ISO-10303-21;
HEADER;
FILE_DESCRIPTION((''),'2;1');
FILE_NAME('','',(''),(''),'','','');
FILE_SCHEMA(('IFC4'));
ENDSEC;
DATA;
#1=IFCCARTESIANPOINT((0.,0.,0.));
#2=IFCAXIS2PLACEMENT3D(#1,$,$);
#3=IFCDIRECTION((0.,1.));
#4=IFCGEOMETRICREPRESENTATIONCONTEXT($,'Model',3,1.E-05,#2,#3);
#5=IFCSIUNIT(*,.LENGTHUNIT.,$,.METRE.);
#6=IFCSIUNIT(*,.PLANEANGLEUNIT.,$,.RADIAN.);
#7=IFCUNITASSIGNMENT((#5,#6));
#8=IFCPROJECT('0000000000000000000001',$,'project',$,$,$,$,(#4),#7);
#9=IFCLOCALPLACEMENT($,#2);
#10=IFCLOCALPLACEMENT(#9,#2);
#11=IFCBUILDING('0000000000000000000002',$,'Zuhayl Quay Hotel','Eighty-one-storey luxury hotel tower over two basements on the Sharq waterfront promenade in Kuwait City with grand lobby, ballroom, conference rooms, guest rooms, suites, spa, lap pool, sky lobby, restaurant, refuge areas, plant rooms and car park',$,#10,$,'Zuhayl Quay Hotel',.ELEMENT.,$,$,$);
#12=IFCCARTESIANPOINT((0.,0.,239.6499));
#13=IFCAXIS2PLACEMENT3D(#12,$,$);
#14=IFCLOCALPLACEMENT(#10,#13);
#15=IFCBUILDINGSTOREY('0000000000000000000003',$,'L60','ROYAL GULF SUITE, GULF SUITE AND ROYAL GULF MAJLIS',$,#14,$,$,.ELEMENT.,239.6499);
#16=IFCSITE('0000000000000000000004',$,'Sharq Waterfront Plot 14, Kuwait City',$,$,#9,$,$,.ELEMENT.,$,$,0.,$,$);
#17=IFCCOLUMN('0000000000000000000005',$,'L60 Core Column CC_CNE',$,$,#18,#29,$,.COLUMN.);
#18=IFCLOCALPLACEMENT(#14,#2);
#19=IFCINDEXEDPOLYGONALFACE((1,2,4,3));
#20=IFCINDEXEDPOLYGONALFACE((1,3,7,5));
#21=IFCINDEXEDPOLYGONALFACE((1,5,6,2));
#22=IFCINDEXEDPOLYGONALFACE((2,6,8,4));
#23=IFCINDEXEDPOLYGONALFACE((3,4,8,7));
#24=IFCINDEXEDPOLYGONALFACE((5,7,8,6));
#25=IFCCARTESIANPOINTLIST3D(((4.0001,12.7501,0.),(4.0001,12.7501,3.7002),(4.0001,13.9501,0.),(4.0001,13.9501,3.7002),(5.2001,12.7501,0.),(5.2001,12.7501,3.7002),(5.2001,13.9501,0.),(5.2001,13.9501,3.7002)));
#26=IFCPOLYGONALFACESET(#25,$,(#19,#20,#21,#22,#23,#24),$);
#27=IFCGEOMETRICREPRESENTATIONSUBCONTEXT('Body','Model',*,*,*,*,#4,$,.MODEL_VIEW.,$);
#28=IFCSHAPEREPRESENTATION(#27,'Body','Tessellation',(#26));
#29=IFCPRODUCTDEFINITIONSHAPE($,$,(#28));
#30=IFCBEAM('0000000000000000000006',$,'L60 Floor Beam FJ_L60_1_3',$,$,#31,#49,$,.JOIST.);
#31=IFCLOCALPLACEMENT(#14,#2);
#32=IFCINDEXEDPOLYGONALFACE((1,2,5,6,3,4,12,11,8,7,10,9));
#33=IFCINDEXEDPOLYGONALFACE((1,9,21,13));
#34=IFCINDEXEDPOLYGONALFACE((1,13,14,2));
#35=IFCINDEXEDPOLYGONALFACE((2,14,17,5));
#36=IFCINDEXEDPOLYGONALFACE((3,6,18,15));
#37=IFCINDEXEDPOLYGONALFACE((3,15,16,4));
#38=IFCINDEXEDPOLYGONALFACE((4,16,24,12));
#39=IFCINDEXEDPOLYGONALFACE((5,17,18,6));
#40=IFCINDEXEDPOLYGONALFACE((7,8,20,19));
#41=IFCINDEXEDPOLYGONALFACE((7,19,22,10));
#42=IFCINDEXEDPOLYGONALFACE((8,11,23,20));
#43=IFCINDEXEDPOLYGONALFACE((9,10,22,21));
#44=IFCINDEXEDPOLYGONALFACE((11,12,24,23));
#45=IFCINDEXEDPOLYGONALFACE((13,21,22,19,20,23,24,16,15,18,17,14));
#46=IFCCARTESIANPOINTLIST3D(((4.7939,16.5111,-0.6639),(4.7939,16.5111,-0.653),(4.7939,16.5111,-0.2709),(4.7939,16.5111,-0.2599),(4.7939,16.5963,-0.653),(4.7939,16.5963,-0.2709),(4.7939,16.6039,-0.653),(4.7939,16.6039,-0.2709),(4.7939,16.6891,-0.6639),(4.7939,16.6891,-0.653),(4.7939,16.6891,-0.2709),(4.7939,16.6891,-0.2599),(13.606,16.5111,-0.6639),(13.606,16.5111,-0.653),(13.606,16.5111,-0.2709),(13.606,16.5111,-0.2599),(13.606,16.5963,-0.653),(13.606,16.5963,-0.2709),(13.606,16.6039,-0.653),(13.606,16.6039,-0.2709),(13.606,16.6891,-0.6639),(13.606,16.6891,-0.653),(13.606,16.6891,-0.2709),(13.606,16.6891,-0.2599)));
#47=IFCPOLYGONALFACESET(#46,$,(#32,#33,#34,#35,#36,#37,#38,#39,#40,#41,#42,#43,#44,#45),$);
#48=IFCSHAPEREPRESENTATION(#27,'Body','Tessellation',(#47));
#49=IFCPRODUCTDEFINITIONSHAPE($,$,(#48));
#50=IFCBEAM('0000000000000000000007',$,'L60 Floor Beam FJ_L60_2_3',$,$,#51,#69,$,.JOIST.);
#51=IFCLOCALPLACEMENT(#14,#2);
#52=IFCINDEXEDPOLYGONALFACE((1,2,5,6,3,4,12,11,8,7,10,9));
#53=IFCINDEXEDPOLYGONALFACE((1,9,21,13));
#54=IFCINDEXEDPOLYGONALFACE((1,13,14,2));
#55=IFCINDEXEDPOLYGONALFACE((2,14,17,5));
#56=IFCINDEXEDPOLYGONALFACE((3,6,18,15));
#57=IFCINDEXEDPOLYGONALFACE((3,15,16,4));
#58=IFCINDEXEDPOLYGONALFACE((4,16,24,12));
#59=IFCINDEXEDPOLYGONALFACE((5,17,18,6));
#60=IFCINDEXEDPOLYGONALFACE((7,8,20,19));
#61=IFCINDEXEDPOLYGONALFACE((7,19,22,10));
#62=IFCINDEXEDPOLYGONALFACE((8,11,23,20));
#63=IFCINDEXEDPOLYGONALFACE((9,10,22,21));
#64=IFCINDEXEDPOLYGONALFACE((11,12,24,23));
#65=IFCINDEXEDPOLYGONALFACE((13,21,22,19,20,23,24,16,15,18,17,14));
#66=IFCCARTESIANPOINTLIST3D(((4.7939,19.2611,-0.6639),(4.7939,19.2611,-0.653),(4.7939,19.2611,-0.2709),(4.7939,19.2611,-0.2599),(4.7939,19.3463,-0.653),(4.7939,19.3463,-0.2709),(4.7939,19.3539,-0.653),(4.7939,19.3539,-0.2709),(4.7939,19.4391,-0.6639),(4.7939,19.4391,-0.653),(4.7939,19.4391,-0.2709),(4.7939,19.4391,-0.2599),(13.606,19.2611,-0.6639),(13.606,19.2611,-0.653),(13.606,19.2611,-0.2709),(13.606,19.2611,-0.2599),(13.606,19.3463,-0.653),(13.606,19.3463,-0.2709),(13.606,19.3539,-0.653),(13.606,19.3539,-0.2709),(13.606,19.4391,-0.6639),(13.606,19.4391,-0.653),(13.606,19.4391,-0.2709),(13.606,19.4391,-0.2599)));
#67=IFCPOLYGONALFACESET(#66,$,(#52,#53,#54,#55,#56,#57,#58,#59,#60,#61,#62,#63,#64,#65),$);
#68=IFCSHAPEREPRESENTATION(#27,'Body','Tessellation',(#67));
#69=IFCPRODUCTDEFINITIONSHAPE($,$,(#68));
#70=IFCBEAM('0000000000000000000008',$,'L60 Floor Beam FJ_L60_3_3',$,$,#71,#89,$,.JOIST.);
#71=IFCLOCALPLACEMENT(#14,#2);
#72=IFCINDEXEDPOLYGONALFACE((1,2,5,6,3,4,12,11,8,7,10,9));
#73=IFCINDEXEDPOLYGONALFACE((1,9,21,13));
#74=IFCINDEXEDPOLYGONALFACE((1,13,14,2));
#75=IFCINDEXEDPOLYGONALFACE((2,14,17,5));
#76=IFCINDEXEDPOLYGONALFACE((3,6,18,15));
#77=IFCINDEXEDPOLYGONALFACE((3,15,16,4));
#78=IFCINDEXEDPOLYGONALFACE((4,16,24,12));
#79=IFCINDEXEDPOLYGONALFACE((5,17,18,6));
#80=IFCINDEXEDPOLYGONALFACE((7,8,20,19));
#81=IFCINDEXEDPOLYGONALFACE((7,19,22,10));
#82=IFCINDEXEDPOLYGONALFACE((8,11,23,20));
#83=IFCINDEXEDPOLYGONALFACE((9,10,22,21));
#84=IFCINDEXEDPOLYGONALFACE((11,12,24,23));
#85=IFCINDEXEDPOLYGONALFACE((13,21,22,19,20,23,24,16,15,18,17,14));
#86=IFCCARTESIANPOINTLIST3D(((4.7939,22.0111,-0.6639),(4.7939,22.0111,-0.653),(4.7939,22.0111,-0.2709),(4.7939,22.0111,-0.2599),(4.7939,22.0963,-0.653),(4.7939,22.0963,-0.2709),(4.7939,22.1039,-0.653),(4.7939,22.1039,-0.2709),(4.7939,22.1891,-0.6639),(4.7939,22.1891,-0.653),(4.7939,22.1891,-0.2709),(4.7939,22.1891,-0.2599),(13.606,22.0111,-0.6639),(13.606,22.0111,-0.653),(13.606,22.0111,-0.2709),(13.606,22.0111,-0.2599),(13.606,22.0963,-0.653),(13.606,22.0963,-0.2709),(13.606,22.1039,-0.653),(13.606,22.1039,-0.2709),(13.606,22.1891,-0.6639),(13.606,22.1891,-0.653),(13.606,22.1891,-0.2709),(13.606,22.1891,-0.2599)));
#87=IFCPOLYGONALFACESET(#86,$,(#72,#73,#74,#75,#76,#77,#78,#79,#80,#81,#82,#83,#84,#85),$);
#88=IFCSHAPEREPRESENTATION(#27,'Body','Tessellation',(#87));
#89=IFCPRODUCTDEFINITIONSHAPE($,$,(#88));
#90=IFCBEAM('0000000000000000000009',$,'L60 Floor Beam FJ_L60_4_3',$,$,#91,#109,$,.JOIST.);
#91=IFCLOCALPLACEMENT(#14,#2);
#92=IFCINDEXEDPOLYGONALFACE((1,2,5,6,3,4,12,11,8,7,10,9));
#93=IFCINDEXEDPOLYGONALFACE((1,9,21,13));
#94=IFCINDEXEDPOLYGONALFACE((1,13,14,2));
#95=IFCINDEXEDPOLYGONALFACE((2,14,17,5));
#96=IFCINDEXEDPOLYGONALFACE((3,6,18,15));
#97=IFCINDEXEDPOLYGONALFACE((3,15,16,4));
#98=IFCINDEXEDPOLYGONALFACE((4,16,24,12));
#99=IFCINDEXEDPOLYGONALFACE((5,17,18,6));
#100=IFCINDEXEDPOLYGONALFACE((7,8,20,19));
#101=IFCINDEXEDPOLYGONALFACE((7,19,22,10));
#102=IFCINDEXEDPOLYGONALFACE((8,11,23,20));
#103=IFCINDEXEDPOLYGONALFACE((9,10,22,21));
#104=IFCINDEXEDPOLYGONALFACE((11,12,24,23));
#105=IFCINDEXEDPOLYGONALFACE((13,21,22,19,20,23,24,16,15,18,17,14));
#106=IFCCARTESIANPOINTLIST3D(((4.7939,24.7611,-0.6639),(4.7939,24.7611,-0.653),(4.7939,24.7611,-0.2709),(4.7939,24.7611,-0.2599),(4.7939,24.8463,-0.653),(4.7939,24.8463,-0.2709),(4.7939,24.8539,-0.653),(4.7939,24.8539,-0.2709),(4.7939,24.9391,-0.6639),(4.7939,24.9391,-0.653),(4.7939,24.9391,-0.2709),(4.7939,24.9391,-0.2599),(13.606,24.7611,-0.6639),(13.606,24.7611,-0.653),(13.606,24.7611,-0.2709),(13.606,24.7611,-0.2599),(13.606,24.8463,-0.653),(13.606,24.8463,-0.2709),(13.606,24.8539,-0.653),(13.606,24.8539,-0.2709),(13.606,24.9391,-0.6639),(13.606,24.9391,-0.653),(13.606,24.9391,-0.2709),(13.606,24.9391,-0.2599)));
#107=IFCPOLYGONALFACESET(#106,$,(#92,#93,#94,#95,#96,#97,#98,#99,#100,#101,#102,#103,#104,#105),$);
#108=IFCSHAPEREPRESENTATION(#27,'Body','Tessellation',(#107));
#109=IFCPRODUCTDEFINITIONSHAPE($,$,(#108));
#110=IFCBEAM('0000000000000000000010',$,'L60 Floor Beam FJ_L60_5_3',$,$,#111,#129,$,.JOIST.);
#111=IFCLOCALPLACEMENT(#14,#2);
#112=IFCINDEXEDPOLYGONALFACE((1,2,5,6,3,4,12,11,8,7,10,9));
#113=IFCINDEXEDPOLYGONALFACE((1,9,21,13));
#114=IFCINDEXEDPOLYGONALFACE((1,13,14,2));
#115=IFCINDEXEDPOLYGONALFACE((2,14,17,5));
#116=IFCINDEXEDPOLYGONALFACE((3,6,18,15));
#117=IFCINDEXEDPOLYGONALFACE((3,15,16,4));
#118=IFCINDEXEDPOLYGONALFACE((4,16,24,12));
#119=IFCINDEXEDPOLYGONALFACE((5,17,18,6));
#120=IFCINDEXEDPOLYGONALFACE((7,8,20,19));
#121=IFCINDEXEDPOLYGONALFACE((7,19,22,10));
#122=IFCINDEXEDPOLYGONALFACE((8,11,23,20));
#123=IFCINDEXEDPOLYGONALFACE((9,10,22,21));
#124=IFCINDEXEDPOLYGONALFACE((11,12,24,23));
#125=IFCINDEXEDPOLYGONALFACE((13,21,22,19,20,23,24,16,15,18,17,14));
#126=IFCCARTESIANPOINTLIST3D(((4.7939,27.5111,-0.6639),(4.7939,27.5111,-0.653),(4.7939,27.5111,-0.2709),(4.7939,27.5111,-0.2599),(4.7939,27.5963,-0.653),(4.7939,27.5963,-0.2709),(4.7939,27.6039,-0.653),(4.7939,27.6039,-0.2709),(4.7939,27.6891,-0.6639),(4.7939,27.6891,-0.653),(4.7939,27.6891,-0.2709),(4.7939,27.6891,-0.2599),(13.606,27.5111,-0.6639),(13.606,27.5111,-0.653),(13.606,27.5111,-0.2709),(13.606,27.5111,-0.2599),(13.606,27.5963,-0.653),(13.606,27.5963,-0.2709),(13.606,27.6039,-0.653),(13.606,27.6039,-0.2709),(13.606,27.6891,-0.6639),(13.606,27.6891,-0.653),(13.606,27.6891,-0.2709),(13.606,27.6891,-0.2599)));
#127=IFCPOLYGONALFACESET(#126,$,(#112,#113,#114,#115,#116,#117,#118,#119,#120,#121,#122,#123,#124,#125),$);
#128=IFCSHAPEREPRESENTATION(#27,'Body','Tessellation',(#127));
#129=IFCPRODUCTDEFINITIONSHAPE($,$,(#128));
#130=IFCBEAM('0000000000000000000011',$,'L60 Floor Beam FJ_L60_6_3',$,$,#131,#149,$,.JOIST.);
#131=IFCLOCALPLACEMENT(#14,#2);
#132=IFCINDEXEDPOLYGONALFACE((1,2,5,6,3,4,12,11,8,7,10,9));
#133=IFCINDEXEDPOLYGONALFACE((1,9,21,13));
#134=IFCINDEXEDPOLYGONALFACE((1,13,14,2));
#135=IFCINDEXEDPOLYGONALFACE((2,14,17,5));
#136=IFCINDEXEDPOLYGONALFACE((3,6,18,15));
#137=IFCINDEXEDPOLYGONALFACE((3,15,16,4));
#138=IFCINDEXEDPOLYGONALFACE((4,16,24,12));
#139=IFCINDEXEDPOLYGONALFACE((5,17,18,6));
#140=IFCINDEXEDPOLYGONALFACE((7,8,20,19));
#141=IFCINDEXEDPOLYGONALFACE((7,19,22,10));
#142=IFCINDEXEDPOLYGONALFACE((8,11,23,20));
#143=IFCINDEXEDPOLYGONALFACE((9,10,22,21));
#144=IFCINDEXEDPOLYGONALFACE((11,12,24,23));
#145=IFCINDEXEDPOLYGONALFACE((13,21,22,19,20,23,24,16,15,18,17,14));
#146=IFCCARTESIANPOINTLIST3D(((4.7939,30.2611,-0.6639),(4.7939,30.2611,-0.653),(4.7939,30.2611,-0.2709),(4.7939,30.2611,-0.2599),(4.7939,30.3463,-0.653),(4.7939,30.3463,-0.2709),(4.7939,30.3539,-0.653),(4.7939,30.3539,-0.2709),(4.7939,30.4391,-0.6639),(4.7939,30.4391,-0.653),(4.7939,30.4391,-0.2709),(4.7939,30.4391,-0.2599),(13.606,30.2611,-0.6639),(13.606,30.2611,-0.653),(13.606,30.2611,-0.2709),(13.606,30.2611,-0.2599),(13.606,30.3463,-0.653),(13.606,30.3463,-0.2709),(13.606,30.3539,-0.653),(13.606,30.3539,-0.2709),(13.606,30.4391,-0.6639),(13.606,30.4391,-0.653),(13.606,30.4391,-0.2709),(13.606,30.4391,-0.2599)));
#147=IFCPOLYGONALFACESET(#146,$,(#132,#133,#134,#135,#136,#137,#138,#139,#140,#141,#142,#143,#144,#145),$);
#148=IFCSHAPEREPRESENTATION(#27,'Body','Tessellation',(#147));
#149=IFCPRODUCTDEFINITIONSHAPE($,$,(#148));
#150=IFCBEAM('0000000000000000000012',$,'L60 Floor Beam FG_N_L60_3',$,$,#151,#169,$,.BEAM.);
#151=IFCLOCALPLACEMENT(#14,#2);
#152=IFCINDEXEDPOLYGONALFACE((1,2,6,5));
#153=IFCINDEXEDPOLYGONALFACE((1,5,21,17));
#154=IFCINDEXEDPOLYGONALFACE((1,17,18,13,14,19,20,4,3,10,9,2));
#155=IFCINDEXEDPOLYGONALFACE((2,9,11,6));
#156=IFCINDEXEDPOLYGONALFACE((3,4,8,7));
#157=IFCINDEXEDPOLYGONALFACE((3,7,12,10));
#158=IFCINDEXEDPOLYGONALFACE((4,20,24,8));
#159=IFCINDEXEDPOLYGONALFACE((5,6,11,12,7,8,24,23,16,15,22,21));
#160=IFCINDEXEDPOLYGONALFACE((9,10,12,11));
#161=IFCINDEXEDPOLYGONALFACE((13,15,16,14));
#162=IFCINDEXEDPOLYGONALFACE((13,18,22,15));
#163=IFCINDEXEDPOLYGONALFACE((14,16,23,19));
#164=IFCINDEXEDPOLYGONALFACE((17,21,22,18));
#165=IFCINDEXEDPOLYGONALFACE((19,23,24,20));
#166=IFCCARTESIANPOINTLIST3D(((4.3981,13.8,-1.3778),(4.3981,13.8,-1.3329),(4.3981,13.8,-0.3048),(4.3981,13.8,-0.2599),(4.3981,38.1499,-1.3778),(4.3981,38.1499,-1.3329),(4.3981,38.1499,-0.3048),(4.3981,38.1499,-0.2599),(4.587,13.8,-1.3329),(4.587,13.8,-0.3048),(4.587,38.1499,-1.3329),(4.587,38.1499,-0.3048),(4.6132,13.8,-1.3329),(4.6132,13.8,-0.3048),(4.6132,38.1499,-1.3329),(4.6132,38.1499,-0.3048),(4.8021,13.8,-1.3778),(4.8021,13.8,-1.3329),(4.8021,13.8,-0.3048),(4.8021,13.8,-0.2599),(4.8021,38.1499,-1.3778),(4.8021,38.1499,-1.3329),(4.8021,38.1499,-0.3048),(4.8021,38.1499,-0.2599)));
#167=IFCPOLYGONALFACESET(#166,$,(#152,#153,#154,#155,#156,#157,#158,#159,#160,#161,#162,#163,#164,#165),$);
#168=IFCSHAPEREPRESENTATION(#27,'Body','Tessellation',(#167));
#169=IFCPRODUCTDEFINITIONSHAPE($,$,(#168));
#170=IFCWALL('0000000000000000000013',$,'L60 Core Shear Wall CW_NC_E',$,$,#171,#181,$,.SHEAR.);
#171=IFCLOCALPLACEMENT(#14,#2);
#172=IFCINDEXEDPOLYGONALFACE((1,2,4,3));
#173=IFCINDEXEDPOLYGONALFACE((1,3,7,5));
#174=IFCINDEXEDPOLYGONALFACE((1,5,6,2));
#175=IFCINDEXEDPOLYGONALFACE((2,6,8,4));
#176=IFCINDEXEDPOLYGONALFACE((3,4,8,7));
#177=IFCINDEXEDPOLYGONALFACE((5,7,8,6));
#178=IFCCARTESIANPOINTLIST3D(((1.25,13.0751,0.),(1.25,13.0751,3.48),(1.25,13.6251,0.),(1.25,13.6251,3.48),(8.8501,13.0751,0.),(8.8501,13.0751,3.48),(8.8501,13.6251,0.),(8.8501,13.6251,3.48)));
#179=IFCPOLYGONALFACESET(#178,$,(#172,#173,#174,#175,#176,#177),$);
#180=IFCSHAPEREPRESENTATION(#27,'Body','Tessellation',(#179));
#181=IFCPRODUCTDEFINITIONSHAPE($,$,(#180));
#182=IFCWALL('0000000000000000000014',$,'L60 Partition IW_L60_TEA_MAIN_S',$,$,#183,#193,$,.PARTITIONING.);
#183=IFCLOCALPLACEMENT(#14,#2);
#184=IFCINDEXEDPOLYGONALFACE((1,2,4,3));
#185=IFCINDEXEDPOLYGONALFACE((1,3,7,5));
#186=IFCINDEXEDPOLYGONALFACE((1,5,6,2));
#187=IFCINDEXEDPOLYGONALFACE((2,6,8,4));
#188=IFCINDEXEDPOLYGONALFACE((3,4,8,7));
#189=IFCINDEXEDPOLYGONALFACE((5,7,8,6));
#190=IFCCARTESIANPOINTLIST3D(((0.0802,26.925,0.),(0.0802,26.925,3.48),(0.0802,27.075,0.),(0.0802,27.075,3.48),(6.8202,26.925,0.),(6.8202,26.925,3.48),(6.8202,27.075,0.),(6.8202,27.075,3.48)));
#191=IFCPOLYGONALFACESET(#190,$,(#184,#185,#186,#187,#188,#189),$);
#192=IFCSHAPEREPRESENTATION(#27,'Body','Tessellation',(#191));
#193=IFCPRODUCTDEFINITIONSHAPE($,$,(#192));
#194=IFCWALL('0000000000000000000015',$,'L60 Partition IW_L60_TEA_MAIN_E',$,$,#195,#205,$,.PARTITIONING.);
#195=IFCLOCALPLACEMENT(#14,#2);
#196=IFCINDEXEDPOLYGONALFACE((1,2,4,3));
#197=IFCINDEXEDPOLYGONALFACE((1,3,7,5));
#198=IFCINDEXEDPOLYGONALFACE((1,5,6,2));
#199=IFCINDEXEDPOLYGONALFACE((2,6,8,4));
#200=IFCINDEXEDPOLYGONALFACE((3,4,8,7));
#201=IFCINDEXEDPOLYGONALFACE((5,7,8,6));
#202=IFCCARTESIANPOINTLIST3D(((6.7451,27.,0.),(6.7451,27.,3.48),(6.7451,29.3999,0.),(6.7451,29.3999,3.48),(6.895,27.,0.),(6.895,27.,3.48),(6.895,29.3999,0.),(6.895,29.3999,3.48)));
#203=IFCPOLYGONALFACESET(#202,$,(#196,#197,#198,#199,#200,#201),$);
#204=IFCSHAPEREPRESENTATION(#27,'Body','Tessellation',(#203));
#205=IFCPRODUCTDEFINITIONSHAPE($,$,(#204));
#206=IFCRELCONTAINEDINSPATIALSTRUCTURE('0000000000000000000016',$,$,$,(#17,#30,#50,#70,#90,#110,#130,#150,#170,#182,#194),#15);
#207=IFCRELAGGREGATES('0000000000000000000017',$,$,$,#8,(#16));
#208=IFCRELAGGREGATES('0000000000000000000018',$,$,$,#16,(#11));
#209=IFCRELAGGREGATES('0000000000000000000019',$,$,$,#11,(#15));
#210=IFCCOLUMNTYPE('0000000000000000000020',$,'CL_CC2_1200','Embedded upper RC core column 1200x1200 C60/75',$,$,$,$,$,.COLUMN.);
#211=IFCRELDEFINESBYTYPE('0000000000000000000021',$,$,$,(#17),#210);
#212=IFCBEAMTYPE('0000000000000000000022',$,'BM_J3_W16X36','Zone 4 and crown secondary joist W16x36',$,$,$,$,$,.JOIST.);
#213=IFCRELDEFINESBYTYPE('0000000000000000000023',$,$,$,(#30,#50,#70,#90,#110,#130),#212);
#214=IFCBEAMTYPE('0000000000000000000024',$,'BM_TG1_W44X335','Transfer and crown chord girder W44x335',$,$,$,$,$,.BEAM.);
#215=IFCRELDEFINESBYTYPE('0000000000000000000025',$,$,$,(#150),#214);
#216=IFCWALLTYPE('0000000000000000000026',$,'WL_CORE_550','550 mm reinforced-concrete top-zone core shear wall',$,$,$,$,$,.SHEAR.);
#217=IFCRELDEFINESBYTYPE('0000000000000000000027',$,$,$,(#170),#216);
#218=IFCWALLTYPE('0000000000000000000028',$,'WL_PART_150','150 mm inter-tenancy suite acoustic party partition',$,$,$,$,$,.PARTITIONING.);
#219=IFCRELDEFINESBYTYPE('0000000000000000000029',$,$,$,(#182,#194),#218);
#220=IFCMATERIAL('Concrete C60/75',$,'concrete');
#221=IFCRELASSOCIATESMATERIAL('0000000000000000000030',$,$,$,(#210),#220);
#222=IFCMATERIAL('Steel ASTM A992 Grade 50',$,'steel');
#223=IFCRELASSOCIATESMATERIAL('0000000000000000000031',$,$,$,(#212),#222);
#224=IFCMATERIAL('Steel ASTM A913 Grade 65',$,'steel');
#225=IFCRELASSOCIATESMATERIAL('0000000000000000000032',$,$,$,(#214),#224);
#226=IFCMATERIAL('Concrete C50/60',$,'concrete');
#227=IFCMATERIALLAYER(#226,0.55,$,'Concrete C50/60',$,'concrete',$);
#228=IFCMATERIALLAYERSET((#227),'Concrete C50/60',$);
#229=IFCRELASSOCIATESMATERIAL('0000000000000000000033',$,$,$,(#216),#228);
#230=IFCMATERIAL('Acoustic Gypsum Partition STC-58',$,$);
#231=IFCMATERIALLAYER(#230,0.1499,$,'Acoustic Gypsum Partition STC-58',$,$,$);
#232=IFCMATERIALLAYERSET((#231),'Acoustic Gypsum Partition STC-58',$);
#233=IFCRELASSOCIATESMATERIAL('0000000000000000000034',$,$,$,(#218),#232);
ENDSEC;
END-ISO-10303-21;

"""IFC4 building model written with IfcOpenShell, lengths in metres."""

from ifc_helpers import new_model, si_unit, direction, frame, frame_2d, origin, origin_2d, place, context, subcontext, project, spatial, rectangle, i_section, extrude, material, layer, layer_set, material_profile, profile_set, type_object, element, save


model = new_model("IFC4")

# Units and contexts
model_context = context("Model", 3, precision=1e-05, world=origin(), true_north=direction((0.0, 1.0)))
body_context = subcontext(model_context, "Body", "Model", "MODEL_VIEW")
ifc_project = project(units=[si_unit("LENGTHUNIT", "METRE"), si_unit("PLANEANGLEUNIT", "RADIAN")], contexts=[model_context])

# Site, building, storey
site_placement = place(None, origin())
site = spatial("IfcSite", under=ifc_project, at=site_placement, Name="Sharq Waterfront Plot 14, Kuwait City", CompositionType="ELEMENT", RefElevation=0.0)
building_placement = place(site_placement, origin())
building = spatial("IfcBuilding", under=site, at=building_placement, Name="Zuhayl Quay Hotel", Description="Eighty-one-storey luxury hotel tower over two basements on the Sharq waterfront promenade in Kuwait City with grand lobby, ballroom, conference rooms, guest rooms, suites, spa, lap pool, sky lobby, restaurant, refuge areas, plant rooms and car park", LongName="Zuhayl Quay Hotel", CompositionType="ELEMENT")
storey_placement = place(building_placement, frame((0.0, 0.0, 239.6499)))
storey = spatial("IfcBuildingStorey", under=building, at=storey_placement, Name="L60", Description="ROYAL GULF SUITE, GULF SUITE AND ROYAL GULF MAJLIS", CompositionType="ELEMENT", Elevation=239.6499)

# Column
ifc_material_1 = material(Name="Concrete C60/75", Category="concrete")
ifc_material_profile_1 = material_profile(ifc_material_1, rectangle(XDim=1.2, YDim=1.2, at=origin_2d()), Name="RC1200X1200")
ifc_profile_set_1 = profile_set([ifc_material_profile_1], Name="Concrete C60/75")
column_type = type_object("IfcColumnType", Name="CL_CC2_1200", Description="Embedded upper RC core column 1200x1200 C60/75", PredefinedType="COLUMN", material=ifc_profile_set_1)
column_placement = place(storey_placement, frame((4.6001, 13.3501, 0.0), z_axis=(0.0, 0.0, 1.0), x_axis=(1.0, 0.0, 0.0)))
element("IfcColumn", 1, at=column_placement, inside=storey, type_object=column_type, Name="L60 Core Column CC_CNE", PredefinedType="COLUMN", context=body_context, shape_type="SweptSolid", body=[
    extrude(rectangle(XDim=1.2, YDim=1.2, at=origin_2d()), origin(), (0.0, 0.0, 1.0), 3.7002),
])

# Beams
ifc_material_2 = material(Name="Steel ASTM A992 Grade 50", Category="steel")
ifc_material_profile_2 = material_profile(ifc_material_2, i_section(OverallWidth=0.178, OverallDepth=0.4041, WebThickness=0.0076, FlangeThickness=0.011, at=origin_2d()), Name="W16X36")
ifc_profile_set_2 = profile_set([ifc_material_profile_2], Name="Steel ASTM A992 Grade 50")
beam_type_1 = type_object("IfcBeamType", Name="BM_J3_W16X36", Description="Zone 4 and crown secondary joist W16x36", PredefinedType="JOIST", material=ifc_profile_set_2)
for number, where, z_axis, x_axis, name in (
    (2, (4.7939, 16.6001, -0.4619), (1.0, 0.0, 0.0), (0.0, 1.0, 0.0), "L60 Floor Beam FJ_L60_1_3"),
    (3, (4.7939, 19.3501, -0.4619), (1.0, 0.0, 0.0), (0.0, 1.0, 0.0), "L60 Floor Beam FJ_L60_2_3"),
    (4, (4.7939, 22.1001, -0.4619), (1.0, 0.0, 0.0), (0.0, 1.0, 0.0), "L60 Floor Beam FJ_L60_3_3"),
    (5, (4.7939, 24.8501, -0.4619), (1.0, 0.0, 0.0), (0.0, 1.0, 0.0), "L60 Floor Beam FJ_L60_4_3"),
    (6, (4.7939, 27.6001, -0.4619), (1.0, 0.0, 0.0), (0.0, 1.0, 0.0), "L60 Floor Beam FJ_L60_5_3"),
    (7, (4.7939, 30.3501, -0.4619), (1.0, 0.0, 0.0), (0.0, 1.0, 0.0), "L60 Floor Beam FJ_L60_6_3"),
):
    element("IfcBeam", number, at=place(storey_placement, frame(where, z_axis=z_axis, x_axis=x_axis)), inside=storey, type_object=beam_type_1, Name=name, PredefinedType="JOIST", context=body_context, shape_type="SweptSolid", body=[
        extrude(i_section(OverallWidth=0.178, OverallDepth=0.4041, WebThickness=0.0076, FlangeThickness=0.011, at=origin_2d()), origin(), (0.0, 0.0, 1.0), 8.812),
    ])
ifc_material_3 = material(Name="Steel ASTM A913 Grade 65", Category="steel")
ifc_material_profile_3 = material_profile(ifc_material_3, i_section(OverallWidth=0.4041, OverallDepth=1.1179, WebThickness=0.0261, FlangeThickness=0.0449, at=origin_2d()), Name="W44X335")
ifc_profile_set_3 = profile_set([ifc_material_profile_3], Name="Steel ASTM A913 Grade 65")
beam_type_2 = type_object("IfcBeamType", Name="BM_TG1_W44X335", Description="Transfer and crown chord girder W44x335", PredefinedType="BEAM", material=ifc_profile_set_3)
beam_placement = place(storey_placement, frame((4.6001, 13.8, -0.8188), z_axis=(0.0, 1.0, 0.0), x_axis=(-1.0, 0.0, 0.0)))
element("IfcBeam", 8, at=beam_placement, inside=storey, type_object=beam_type_2, Name="L60 Floor Beam FG_N_L60_3", PredefinedType="BEAM", context=body_context, shape_type="SweptSolid", body=[
    extrude(i_section(OverallWidth=0.4041, OverallDepth=1.1179, WebThickness=0.0261, FlangeThickness=0.0449, at=origin_2d()), origin(), (0.0, 0.0, 1.0), 24.3499),
])

# Walls
ifc_material_4 = material(Name="Concrete C50/60", Category="concrete")
ifc_layer_1 = layer(ifc_material_4, 0.55, Name="Concrete C50/60", Category="concrete")
ifc_layer_set_1 = layer_set([ifc_layer_1], Name="Concrete C50/60")
wall_type_1 = type_object("IfcWallType", Name="WL_CORE_550", Description="550 mm reinforced-concrete top-zone core shear wall", PredefinedType="SHEAR", material=ifc_layer_set_1)
wall_1_placement = place(storey_placement, frame((1.25, 13.3501, 0.0), z_axis=(0.0, 0.0, 1.0), x_axis=(1.0, 0.0, 0.0)))
element("IfcWall", 9, at=wall_1_placement, inside=storey, type_object=wall_type_1, Name="L60 Core Shear Wall CW_NC_E", PredefinedType="SHEAR", context=body_context, shape_type="SweptSolid", body=[
    extrude(rectangle(XDim=7.6001, YDim=0.55, at=frame_2d((3.8, 0.0))), origin(), (0.0, 0.0, 1.0), 3.48),
])
ifc_material_5 = material(Name="Acoustic Gypsum Partition STC-58")
ifc_layer_2 = layer(ifc_material_5, 0.1499, Name="Acoustic Gypsum Partition STC-58")
ifc_layer_set_2 = layer_set([ifc_layer_2], Name="Acoustic Gypsum Partition STC-58")
wall_type_2 = type_object("IfcWallType", Name="WL_PART_150", Description="150 mm inter-tenancy suite acoustic party partition", PredefinedType="PARTITIONING", material=ifc_layer_set_2)
wall_2_placement = place(storey_placement, frame((0.0801, 27.0, 0.0), z_axis=(0.0, 0.0, 1.0), x_axis=(1.0, 0.0, 0.0)))
element("IfcWall", 10, at=wall_2_placement, inside=storey, type_object=wall_type_2, Name="L60 Partition IW_L60_TEA_MAIN_S", PredefinedType="PARTITIONING", context=body_context, shape_type="SweptSolid", body=[
    extrude(rectangle(XDim=6.74, YDim=0.1499, at=frame_2d((3.3701, 0.0))), origin(), (0.0, 0.0, 1.0), 3.48),
])
wall_3_placement = place(storey_placement, frame((6.8201, 27.0, 0.0), z_axis=(0.0, 0.0, 1.0), x_axis=(0.0, 1.0, 0.0)))
element("IfcWall", 11, at=wall_3_placement, inside=storey, type_object=wall_type_2, Name="L60 Partition IW_L60_TEA_MAIN_E", PredefinedType="PARTITIONING", context=body_context, shape_type="SweptSolid", body=[
    extrude(rectangle(XDim=2.3999, YDim=0.1499, at=frame_2d((1.2, 0.0))), origin(), (0.0, 0.0, 1.0), 3.48),
])

save(model, "model.ifc")
